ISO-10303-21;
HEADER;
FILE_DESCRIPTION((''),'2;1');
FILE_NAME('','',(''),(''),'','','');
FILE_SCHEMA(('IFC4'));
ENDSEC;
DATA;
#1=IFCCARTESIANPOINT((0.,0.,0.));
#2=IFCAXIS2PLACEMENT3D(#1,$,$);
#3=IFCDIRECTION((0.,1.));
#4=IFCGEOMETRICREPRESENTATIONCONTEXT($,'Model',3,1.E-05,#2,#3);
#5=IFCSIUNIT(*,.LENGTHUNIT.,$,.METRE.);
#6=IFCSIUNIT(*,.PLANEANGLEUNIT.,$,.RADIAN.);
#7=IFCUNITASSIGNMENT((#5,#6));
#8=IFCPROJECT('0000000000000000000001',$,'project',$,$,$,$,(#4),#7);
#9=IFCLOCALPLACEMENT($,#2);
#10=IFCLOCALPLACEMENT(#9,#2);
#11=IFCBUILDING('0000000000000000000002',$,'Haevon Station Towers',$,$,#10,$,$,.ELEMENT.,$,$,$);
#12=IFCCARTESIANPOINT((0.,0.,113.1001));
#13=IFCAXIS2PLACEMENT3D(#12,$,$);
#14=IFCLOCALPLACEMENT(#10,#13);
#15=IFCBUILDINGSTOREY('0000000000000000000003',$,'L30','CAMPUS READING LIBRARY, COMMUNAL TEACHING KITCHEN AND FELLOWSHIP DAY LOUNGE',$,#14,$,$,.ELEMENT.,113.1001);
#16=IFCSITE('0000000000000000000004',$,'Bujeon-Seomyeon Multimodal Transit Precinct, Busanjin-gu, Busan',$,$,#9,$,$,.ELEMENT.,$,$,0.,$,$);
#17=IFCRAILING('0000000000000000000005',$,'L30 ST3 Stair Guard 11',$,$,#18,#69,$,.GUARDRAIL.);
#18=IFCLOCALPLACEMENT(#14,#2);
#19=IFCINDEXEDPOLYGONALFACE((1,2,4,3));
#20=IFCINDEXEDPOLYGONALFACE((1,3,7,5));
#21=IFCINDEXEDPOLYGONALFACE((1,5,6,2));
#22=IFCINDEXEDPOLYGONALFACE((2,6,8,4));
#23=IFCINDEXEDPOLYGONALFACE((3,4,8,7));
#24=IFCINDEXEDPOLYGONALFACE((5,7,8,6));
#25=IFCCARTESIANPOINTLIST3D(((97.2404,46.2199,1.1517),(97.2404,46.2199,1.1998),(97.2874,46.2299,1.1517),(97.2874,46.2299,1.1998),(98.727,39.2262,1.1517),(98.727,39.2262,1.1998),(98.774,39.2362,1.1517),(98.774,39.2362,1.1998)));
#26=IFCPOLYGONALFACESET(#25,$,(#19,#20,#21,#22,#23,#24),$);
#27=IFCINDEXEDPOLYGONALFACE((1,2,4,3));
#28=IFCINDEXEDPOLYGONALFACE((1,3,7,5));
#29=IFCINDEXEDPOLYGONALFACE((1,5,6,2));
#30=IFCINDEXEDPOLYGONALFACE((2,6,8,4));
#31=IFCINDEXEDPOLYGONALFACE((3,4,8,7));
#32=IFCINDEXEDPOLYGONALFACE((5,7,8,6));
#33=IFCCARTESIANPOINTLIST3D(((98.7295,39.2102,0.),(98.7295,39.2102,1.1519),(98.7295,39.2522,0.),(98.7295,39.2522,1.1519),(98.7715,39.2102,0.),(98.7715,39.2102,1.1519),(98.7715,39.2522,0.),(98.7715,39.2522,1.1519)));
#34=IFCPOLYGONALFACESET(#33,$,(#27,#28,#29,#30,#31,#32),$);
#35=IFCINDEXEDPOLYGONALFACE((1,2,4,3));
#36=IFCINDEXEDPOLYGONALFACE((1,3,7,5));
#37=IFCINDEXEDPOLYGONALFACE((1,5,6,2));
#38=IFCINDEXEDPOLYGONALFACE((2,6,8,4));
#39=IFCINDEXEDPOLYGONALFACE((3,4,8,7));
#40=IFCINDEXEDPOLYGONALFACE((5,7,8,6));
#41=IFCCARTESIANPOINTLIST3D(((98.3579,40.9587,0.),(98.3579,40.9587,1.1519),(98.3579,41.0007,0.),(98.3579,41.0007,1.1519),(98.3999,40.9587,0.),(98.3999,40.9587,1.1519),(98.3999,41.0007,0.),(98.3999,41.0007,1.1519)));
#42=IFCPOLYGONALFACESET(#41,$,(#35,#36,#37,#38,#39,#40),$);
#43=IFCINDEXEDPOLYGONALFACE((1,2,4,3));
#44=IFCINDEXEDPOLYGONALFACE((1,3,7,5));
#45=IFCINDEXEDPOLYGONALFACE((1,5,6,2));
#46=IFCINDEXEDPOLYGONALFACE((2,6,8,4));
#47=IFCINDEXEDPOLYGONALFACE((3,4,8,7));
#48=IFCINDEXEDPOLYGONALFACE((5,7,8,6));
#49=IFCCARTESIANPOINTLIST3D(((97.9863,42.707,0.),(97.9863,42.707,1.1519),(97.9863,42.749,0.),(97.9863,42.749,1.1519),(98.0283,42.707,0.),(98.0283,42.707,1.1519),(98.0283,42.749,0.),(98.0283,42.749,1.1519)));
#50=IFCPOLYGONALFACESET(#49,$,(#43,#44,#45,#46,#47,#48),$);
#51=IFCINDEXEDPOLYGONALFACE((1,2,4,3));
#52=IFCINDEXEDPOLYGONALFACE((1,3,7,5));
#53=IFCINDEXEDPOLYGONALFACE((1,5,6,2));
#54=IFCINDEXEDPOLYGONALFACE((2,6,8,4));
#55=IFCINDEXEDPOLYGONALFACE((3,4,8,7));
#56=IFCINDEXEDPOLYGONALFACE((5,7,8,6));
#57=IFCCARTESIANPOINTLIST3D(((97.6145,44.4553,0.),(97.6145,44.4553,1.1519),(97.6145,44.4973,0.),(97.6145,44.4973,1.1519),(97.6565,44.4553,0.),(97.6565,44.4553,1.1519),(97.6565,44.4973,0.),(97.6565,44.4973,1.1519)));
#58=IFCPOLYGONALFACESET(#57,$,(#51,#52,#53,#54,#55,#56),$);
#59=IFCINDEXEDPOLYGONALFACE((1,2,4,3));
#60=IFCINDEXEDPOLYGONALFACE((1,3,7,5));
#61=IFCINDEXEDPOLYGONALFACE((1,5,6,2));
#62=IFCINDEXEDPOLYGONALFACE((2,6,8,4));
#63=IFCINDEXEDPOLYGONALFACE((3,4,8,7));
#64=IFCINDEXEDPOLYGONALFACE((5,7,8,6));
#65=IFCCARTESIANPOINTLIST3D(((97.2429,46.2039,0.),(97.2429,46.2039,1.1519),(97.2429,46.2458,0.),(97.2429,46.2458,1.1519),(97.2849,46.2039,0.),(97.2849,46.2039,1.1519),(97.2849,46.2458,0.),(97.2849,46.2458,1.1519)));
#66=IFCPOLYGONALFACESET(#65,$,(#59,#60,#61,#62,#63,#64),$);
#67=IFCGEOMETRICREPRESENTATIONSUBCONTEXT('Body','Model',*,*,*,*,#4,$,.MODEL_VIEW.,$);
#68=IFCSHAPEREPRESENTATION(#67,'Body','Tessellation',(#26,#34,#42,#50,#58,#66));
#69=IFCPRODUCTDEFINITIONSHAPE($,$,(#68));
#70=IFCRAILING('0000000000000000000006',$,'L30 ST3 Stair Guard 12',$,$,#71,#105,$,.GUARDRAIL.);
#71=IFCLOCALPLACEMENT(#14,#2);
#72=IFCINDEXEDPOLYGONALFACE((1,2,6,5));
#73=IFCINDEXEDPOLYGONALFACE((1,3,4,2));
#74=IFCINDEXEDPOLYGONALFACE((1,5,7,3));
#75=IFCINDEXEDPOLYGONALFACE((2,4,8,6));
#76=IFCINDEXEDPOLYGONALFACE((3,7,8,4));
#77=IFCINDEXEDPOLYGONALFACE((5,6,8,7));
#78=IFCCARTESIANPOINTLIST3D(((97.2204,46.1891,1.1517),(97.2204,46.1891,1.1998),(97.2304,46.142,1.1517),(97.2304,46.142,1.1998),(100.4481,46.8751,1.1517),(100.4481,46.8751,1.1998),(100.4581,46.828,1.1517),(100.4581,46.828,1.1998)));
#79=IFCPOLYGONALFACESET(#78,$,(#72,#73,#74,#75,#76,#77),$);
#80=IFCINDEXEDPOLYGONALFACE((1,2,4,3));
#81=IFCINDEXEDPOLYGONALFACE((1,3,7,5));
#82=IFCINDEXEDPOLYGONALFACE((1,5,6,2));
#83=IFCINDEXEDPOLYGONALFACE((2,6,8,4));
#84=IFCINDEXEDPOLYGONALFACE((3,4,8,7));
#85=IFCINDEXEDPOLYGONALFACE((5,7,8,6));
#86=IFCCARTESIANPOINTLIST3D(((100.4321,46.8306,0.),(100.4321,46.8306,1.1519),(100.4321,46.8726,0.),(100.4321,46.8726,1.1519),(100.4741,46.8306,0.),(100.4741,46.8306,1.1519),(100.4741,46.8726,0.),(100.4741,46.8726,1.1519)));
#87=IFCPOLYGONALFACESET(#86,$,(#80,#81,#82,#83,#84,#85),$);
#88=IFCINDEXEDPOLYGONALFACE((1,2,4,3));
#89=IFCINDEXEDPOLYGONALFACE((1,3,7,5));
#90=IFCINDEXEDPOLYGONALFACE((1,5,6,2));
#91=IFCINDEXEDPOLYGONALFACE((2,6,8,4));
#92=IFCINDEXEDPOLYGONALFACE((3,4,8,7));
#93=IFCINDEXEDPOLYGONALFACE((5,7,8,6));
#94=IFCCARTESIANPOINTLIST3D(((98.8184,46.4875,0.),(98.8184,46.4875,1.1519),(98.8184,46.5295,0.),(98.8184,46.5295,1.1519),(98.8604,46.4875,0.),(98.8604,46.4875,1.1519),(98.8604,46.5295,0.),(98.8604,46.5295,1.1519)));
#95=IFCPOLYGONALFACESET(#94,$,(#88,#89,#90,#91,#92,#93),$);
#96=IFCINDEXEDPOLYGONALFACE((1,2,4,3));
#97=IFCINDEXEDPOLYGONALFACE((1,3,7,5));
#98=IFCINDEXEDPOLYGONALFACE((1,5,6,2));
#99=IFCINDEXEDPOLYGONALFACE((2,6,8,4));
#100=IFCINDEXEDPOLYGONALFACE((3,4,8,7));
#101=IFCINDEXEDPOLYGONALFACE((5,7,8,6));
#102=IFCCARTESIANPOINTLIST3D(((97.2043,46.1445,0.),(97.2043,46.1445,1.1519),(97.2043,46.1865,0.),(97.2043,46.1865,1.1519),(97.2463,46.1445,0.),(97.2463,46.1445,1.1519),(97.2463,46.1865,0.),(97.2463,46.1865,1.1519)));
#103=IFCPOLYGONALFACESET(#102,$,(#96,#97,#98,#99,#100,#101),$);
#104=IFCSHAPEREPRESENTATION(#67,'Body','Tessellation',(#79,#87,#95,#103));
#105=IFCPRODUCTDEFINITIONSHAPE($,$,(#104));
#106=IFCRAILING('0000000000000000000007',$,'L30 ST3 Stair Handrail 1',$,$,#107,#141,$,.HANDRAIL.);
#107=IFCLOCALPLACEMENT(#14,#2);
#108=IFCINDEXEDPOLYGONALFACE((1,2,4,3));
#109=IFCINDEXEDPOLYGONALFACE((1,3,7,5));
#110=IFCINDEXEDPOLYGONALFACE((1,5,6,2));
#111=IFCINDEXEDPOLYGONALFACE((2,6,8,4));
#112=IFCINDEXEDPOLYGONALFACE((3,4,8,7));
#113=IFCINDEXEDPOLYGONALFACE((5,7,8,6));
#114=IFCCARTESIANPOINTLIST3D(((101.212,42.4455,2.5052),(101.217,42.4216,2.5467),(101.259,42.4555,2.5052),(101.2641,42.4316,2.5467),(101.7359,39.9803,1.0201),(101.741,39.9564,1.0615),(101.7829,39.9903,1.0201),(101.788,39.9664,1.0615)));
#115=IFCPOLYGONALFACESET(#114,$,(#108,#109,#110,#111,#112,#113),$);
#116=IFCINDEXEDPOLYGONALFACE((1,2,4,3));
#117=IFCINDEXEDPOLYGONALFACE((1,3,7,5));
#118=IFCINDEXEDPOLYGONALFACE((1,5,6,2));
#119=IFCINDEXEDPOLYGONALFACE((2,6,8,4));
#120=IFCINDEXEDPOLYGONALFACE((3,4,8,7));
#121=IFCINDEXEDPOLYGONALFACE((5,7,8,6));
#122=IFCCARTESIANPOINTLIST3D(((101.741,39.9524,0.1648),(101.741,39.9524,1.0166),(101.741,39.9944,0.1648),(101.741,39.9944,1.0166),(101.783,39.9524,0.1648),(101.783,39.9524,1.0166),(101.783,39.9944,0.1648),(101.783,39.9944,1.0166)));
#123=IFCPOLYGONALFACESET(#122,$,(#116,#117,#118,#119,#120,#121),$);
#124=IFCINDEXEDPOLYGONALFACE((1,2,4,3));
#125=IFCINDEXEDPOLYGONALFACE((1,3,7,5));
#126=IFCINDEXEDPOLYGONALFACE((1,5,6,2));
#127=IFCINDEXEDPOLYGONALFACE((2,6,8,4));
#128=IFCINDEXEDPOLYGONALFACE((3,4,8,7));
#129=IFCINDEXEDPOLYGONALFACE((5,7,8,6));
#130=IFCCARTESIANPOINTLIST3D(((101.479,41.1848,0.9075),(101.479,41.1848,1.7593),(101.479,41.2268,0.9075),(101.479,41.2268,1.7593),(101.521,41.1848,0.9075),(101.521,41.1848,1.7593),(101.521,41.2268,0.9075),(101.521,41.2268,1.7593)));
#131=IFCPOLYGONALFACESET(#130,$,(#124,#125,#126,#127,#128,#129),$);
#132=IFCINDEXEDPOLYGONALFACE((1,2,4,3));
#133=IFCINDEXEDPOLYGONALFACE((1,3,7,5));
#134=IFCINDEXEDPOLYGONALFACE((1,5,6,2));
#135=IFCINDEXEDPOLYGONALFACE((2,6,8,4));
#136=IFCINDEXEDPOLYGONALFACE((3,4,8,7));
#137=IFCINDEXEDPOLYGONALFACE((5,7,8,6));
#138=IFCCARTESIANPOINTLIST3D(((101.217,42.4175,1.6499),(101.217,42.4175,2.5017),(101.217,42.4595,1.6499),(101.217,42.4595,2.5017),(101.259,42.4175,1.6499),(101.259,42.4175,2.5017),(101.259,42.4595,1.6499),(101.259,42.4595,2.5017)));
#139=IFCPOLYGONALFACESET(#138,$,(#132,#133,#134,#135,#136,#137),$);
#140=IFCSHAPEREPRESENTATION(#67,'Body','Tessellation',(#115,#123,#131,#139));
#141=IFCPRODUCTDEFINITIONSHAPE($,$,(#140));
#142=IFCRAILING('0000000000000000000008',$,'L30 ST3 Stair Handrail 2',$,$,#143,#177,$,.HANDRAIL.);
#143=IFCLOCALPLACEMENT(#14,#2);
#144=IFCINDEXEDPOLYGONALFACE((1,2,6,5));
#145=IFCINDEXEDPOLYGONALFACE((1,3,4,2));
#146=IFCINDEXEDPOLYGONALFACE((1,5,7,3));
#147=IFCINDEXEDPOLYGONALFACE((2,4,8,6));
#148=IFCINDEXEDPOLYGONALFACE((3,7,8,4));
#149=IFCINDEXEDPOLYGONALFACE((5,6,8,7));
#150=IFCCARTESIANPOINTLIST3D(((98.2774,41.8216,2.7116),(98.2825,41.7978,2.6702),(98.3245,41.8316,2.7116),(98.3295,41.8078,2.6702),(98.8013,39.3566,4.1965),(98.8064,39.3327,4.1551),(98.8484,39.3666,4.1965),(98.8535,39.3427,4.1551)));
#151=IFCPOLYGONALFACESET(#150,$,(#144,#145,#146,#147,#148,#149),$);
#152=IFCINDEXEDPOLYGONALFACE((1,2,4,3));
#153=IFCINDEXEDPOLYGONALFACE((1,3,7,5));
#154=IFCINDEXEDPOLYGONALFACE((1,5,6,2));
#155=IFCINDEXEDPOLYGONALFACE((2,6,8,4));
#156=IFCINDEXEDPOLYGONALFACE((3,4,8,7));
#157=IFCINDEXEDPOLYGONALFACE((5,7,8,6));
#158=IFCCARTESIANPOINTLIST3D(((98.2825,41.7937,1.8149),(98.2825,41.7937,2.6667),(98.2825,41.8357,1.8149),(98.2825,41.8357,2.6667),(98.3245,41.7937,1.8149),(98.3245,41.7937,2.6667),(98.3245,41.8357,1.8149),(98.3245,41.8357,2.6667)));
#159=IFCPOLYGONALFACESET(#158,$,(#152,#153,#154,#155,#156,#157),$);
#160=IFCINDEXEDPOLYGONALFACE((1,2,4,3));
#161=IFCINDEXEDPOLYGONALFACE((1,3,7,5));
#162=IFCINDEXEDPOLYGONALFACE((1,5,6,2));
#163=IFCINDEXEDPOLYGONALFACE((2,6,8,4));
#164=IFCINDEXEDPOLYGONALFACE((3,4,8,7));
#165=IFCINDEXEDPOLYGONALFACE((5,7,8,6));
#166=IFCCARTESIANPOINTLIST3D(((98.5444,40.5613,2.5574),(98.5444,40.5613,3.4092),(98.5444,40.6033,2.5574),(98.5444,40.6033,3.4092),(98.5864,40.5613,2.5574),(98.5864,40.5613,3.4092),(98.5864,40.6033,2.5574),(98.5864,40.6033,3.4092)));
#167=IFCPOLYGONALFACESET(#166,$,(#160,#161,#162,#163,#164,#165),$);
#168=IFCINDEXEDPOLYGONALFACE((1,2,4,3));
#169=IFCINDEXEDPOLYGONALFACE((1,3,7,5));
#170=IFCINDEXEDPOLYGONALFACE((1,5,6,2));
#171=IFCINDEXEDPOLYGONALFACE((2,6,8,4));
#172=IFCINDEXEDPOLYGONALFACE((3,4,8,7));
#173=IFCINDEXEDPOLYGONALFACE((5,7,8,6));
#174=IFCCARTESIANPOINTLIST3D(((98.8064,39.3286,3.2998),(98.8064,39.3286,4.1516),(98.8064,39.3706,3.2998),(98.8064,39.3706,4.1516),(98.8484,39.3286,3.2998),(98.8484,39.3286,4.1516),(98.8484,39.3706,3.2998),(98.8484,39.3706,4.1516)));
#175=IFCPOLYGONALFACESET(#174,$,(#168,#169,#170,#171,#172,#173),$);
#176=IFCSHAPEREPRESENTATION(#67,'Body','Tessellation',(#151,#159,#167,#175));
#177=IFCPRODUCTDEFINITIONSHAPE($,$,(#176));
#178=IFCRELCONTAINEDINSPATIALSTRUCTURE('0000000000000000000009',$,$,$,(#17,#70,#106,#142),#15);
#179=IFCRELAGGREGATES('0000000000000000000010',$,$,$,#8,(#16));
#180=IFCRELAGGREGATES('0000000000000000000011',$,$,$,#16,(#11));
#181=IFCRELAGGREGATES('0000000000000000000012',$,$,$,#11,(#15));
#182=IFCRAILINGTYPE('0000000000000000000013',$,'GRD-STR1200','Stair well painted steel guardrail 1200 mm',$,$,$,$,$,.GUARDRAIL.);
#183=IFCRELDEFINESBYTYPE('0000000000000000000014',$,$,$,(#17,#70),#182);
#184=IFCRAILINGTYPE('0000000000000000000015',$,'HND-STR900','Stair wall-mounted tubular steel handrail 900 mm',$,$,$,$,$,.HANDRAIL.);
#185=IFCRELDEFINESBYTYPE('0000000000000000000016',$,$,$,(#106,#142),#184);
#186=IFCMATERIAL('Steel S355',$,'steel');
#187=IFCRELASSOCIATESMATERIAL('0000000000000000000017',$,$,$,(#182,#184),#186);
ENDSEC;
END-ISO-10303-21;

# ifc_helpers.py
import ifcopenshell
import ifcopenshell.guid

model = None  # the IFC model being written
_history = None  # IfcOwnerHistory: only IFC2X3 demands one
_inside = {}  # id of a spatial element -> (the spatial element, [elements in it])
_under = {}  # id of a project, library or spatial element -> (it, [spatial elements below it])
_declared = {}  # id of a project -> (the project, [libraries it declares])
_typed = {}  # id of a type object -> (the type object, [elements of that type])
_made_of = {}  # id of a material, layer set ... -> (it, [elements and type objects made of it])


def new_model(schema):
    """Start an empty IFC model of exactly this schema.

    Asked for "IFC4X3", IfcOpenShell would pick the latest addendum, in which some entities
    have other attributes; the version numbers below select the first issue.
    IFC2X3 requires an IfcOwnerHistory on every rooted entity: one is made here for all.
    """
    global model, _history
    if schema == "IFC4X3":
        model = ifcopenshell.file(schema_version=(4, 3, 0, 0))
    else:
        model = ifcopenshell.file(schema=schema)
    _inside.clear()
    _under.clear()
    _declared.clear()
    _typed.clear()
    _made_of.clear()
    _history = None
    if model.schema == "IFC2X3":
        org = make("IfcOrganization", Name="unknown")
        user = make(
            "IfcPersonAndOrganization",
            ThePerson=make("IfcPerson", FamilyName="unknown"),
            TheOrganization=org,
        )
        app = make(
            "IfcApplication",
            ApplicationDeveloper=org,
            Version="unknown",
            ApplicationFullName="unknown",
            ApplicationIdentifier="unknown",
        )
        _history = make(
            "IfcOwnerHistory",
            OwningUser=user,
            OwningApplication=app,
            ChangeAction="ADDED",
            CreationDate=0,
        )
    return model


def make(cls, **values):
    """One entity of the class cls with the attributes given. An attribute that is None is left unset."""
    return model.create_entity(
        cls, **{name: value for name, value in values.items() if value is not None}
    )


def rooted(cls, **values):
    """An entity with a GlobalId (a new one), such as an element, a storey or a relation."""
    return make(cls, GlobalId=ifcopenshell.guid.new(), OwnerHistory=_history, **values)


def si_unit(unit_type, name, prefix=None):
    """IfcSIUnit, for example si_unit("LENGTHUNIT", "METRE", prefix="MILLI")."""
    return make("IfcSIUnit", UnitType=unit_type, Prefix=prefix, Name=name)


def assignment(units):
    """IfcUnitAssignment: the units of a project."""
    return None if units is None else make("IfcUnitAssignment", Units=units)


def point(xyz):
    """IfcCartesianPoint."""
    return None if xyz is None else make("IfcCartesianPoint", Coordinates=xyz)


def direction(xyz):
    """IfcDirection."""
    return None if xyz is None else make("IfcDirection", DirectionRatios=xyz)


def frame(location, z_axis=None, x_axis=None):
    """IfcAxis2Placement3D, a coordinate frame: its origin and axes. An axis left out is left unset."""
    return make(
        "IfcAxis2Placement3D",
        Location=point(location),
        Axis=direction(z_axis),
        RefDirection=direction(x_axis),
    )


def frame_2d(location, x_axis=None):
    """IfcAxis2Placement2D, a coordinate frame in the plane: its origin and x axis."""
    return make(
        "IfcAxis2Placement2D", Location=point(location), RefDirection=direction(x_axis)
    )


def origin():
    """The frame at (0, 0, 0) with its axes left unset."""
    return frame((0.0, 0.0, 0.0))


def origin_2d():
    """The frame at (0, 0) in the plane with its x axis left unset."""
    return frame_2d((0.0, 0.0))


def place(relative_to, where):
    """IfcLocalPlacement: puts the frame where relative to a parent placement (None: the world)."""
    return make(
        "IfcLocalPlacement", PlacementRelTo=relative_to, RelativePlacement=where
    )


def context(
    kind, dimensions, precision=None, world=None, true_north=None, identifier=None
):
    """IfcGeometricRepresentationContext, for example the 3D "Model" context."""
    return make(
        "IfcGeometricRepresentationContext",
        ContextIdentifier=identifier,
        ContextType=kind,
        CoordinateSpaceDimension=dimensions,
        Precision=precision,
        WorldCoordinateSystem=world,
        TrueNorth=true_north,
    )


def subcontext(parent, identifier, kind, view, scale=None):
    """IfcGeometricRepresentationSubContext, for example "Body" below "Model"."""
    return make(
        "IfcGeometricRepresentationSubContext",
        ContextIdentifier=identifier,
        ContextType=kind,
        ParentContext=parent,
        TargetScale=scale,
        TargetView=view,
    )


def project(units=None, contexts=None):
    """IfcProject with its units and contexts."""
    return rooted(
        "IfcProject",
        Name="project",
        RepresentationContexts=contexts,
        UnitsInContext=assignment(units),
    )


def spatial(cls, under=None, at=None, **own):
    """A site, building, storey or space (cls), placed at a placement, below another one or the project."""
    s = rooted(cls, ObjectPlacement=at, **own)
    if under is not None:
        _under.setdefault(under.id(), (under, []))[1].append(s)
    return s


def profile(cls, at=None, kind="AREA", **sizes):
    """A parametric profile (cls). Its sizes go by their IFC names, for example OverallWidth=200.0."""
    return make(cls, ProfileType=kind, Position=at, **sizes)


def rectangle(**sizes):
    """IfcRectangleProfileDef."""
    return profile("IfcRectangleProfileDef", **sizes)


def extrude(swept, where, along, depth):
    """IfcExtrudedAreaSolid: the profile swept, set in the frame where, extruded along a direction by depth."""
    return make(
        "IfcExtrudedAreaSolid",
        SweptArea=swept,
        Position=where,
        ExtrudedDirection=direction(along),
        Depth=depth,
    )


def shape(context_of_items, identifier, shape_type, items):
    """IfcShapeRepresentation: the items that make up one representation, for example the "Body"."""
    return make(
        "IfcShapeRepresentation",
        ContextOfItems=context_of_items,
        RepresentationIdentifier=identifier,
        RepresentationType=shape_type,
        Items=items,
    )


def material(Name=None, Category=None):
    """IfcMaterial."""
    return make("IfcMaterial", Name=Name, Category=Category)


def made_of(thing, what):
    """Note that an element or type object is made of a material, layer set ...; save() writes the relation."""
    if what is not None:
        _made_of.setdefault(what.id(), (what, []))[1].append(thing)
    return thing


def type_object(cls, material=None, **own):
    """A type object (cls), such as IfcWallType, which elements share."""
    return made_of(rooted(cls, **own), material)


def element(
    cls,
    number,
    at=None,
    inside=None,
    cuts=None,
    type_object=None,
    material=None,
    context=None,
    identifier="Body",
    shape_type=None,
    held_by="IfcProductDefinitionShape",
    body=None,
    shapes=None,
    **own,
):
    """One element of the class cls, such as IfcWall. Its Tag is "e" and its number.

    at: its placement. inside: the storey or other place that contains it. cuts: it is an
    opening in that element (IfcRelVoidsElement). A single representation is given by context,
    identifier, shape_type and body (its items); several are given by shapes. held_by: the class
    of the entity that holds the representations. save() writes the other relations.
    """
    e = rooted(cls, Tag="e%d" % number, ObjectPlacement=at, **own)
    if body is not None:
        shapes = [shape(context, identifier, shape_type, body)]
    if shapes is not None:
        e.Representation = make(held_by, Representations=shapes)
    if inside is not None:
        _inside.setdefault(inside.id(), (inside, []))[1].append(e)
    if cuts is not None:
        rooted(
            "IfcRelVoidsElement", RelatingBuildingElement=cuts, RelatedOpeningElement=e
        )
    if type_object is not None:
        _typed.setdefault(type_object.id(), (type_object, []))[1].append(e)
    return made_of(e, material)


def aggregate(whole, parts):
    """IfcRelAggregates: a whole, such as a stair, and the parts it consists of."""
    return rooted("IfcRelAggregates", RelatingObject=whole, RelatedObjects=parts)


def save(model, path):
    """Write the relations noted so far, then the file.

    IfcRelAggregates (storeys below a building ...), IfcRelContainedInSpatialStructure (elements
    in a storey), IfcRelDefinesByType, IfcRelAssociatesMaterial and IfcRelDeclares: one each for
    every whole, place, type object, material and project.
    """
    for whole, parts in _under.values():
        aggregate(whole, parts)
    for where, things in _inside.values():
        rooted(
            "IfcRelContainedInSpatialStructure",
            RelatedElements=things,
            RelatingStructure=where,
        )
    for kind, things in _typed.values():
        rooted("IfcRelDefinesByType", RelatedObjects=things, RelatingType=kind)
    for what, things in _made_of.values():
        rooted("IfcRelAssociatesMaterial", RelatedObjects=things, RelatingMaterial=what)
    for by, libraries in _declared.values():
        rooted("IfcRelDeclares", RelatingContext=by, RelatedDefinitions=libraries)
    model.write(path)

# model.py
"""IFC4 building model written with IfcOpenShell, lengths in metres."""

from ifc_helpers import new_model, si_unit, direction, frame, origin, origin_2d, place, context, subcontext, project, spatial, rectangle, extrude, material, type_object, element, save


model = new_model("IFC4")

# Units and contexts
model_context = context("Model", 3, precision=1e-05, world=origin(), true_north=direction((0.0, 1.0)))
body_context = subcontext(model_context, "Body", "Model", "MODEL_VIEW")
ifc_project = project(units=[si_unit("LENGTHUNIT", "METRE"), si_unit("PLANEANGLEUNIT", "RADIAN")], contexts=[model_context])

# Site, building, storey
site_placement = place(None, origin())
site = spatial("IfcSite", under=ifc_project, at=site_placement, Name="Bujeon-Seomyeon Multimodal Transit Precinct, Busanjin-gu, Busan", CompositionType="ELEMENT", RefElevation=0.0)
building_placement = place(site_placement, origin())
building = spatial("IfcBuilding", under=site, at=building_placement, Name="Haevon Station Towers", CompositionType="ELEMENT")
storey_placement = place(building_placement, frame((0.0, 0.0, 113.1001)))
storey = spatial("IfcBuildingStorey", under=building, at=storey_placement, Name="L30", Description="CAMPUS READING LIBRARY, COMMUNAL TEACHING KITCHEN AND FELLOWSHIP DAY LOUNGE", CompositionType="ELEMENT", Elevation=113.1001)

# Shared definitions
ifc_material_1 = material(Name="Steel S355", Category="steel")

# Railings
railing_type_1 = type_object("IfcRailingType", Name="GRD-STR1200", Description="Stair well painted steel guardrail 1200 mm", PredefinedType="GUARDRAIL", material=ifc_material_1)
railing_1_placement = place(storey_placement, frame((98.7505, 39.2312, 0.0)))
element("IfcRailing", 1, at=railing_1_placement, inside=storey, type_object=railing_type_1, Name="L30 ST3 Stair Guard 11", PredefinedType="GUARDRAIL", context=body_context, shape_type="SweptSolid", body=[
    extrude(rectangle(XDim=0.0481, YDim=0.0481, at=origin_2d()), frame((0.0, 0.0, 1.1758), z_axis=(-0.207915, 0.978147, 0.0), x_axis=(-0.978147, -0.207915, 0.0)), (0.0, 0.0, 1.0), 7.1499),
    extrude(rectangle(XDim=0.042, YDim=0.042, at=origin_2d()), origin(), (0.0, 0.0, 1.0), 1.1519),
    extrude(rectangle(XDim=0.042, YDim=0.042, at=origin_2d()), frame((-0.3716, 1.7485, 0.0)), (0.0, 0.0, 1.0), 1.1519),
    extrude(rectangle(XDim=0.042, YDim=0.042, at=origin_2d()), frame((-0.7432, 3.4968, 0.0)), (0.0, 0.0, 1.0), 1.1519),
    extrude(rectangle(XDim=0.042, YDim=0.042, at=origin_2d()), frame((-1.115, 5.2451, 0.0)), (0.0, 0.0, 1.0), 1.1519),
    extrude(rectangle(XDim=0.042, YDim=0.042, at=origin_2d()), frame((-1.4866, 6.9937, 0.0)), (0.0, 0.0, 1.0), 1.1519),
])
railing_2_placement = place(storey_placement, frame((100.4531, 46.8516, 0.0)))
element("IfcRailing", 2, at=railing_2_placement, inside=storey, type_object=railing_type_1, Name="L30 ST3 Stair Guard 12", PredefinedType="GUARDRAIL", context=body_context, shape_type="SweptSolid", body=[
    extrude(rectangle(XDim=0.0481, YDim=0.0481, at=origin_2d()), frame((0.0, 0.0, 1.1758), z_axis=(-0.978151, -0.207897, 0.0), x_axis=(0.207897, -0.978151, 0.0)), (0.0, 0.0, 1.0), 3.2998),
    extrude(rectangle(XDim=0.042, YDim=0.042, at=origin_2d()), origin(), (0.0, 0.0, 1.0), 1.1519),
    extrude(rectangle(XDim=0.042, YDim=0.042, at=origin_2d()), frame((-1.6138, -0.343, 0.0)), (0.0, 0.0, 1.0), 1.1519),
    extrude(rectangle(XDim=0.042, YDim=0.042, at=origin_2d()), frame((-3.2278, -0.686, 0.0)), (0.0, 0.0, 1.0), 1.1519),
])
railing_type_2 = type_object("IfcRailingType", Name="HND-STR900", Description="Stair wall-mounted tubular steel handrail 900 mm", PredefinedType="HANDRAIL", material=ifc_material_1)
railing_3_placement = place(storey_placement, frame((101.762, 39.9734, 0.1648)))
element("IfcRailing", 3, at=railing_3_placement, inside=storey, type_object=railing_type_2, Name="L30 ST3 Stair Handrail 1", PredefinedType="HANDRAIL", context=body_context, shape_type="SweptSolid", body=[
    extrude(rectangle(XDim=0.0481, YDim=0.0481, at=origin_2d()), frame((0.0, 0.0, 0.876), z_axis=(-0.179109, 0.842712, 0.507697), x_axis=(-0.978151, -0.207895, 0.0)), (0.0, 0.0, 1.0), 2.9253),
    extrude(rectangle(XDim=0.042, YDim=0.042, at=origin_2d()), origin(), (0.0, 0.0, 1.0), 0.8518),
    extrude(rectangle(XDim=0.042, YDim=0.042, at=origin_2d()), frame((-0.262, 1.2324, 0.7427)), (0.0, 0.0, 1.0), 0.8518),
    extrude(rectangle(XDim=0.042, YDim=0.042, at=origin_2d()), frame((-0.5239, 2.4651, 1.4851)), (0.0, 0.0, 1.0), 0.8518),
])
railing_4_placement = place(storey_placement, frame((98.3035, 41.8147, 1.8149)))
element("IfcRailing", 4, at=railing_4_placement, inside=storey, type_object=railing_type_2, Name="L30 ST3 Stair Handrail 2", PredefinedType="HANDRAIL", context=body_context, shape_type="SweptSolid", body=[
    extrude(rectangle(XDim=0.0481, YDim=0.0481, at=origin_2d()), frame((0.0, 0.0, 0.876), z_axis=(0.179116, -0.842748, 0.507635), x_axis=(0.978151, 0.207895, 0.0)), (0.0, 0.0, 1.0), 2.925),
    extrude(rectangle(XDim=0.042, YDim=0.042, at=origin_2d()), origin(), (0.0, 0.0, 1.0), 0.8518),
    extrude(rectangle(XDim=0.042, YDim=0.042, at=origin_2d()), frame((0.262, -1.2324, 0.7424)), (0.0, 0.0, 1.0), 0.8518),
    extrude(rectangle(XDim=0.042, YDim=0.042, at=origin_2d()), frame((0.5239, -2.4651, 1.4849)), (0.0, 0.0, 1.0), 0.8518),
])

save(model, "model.ifc")
